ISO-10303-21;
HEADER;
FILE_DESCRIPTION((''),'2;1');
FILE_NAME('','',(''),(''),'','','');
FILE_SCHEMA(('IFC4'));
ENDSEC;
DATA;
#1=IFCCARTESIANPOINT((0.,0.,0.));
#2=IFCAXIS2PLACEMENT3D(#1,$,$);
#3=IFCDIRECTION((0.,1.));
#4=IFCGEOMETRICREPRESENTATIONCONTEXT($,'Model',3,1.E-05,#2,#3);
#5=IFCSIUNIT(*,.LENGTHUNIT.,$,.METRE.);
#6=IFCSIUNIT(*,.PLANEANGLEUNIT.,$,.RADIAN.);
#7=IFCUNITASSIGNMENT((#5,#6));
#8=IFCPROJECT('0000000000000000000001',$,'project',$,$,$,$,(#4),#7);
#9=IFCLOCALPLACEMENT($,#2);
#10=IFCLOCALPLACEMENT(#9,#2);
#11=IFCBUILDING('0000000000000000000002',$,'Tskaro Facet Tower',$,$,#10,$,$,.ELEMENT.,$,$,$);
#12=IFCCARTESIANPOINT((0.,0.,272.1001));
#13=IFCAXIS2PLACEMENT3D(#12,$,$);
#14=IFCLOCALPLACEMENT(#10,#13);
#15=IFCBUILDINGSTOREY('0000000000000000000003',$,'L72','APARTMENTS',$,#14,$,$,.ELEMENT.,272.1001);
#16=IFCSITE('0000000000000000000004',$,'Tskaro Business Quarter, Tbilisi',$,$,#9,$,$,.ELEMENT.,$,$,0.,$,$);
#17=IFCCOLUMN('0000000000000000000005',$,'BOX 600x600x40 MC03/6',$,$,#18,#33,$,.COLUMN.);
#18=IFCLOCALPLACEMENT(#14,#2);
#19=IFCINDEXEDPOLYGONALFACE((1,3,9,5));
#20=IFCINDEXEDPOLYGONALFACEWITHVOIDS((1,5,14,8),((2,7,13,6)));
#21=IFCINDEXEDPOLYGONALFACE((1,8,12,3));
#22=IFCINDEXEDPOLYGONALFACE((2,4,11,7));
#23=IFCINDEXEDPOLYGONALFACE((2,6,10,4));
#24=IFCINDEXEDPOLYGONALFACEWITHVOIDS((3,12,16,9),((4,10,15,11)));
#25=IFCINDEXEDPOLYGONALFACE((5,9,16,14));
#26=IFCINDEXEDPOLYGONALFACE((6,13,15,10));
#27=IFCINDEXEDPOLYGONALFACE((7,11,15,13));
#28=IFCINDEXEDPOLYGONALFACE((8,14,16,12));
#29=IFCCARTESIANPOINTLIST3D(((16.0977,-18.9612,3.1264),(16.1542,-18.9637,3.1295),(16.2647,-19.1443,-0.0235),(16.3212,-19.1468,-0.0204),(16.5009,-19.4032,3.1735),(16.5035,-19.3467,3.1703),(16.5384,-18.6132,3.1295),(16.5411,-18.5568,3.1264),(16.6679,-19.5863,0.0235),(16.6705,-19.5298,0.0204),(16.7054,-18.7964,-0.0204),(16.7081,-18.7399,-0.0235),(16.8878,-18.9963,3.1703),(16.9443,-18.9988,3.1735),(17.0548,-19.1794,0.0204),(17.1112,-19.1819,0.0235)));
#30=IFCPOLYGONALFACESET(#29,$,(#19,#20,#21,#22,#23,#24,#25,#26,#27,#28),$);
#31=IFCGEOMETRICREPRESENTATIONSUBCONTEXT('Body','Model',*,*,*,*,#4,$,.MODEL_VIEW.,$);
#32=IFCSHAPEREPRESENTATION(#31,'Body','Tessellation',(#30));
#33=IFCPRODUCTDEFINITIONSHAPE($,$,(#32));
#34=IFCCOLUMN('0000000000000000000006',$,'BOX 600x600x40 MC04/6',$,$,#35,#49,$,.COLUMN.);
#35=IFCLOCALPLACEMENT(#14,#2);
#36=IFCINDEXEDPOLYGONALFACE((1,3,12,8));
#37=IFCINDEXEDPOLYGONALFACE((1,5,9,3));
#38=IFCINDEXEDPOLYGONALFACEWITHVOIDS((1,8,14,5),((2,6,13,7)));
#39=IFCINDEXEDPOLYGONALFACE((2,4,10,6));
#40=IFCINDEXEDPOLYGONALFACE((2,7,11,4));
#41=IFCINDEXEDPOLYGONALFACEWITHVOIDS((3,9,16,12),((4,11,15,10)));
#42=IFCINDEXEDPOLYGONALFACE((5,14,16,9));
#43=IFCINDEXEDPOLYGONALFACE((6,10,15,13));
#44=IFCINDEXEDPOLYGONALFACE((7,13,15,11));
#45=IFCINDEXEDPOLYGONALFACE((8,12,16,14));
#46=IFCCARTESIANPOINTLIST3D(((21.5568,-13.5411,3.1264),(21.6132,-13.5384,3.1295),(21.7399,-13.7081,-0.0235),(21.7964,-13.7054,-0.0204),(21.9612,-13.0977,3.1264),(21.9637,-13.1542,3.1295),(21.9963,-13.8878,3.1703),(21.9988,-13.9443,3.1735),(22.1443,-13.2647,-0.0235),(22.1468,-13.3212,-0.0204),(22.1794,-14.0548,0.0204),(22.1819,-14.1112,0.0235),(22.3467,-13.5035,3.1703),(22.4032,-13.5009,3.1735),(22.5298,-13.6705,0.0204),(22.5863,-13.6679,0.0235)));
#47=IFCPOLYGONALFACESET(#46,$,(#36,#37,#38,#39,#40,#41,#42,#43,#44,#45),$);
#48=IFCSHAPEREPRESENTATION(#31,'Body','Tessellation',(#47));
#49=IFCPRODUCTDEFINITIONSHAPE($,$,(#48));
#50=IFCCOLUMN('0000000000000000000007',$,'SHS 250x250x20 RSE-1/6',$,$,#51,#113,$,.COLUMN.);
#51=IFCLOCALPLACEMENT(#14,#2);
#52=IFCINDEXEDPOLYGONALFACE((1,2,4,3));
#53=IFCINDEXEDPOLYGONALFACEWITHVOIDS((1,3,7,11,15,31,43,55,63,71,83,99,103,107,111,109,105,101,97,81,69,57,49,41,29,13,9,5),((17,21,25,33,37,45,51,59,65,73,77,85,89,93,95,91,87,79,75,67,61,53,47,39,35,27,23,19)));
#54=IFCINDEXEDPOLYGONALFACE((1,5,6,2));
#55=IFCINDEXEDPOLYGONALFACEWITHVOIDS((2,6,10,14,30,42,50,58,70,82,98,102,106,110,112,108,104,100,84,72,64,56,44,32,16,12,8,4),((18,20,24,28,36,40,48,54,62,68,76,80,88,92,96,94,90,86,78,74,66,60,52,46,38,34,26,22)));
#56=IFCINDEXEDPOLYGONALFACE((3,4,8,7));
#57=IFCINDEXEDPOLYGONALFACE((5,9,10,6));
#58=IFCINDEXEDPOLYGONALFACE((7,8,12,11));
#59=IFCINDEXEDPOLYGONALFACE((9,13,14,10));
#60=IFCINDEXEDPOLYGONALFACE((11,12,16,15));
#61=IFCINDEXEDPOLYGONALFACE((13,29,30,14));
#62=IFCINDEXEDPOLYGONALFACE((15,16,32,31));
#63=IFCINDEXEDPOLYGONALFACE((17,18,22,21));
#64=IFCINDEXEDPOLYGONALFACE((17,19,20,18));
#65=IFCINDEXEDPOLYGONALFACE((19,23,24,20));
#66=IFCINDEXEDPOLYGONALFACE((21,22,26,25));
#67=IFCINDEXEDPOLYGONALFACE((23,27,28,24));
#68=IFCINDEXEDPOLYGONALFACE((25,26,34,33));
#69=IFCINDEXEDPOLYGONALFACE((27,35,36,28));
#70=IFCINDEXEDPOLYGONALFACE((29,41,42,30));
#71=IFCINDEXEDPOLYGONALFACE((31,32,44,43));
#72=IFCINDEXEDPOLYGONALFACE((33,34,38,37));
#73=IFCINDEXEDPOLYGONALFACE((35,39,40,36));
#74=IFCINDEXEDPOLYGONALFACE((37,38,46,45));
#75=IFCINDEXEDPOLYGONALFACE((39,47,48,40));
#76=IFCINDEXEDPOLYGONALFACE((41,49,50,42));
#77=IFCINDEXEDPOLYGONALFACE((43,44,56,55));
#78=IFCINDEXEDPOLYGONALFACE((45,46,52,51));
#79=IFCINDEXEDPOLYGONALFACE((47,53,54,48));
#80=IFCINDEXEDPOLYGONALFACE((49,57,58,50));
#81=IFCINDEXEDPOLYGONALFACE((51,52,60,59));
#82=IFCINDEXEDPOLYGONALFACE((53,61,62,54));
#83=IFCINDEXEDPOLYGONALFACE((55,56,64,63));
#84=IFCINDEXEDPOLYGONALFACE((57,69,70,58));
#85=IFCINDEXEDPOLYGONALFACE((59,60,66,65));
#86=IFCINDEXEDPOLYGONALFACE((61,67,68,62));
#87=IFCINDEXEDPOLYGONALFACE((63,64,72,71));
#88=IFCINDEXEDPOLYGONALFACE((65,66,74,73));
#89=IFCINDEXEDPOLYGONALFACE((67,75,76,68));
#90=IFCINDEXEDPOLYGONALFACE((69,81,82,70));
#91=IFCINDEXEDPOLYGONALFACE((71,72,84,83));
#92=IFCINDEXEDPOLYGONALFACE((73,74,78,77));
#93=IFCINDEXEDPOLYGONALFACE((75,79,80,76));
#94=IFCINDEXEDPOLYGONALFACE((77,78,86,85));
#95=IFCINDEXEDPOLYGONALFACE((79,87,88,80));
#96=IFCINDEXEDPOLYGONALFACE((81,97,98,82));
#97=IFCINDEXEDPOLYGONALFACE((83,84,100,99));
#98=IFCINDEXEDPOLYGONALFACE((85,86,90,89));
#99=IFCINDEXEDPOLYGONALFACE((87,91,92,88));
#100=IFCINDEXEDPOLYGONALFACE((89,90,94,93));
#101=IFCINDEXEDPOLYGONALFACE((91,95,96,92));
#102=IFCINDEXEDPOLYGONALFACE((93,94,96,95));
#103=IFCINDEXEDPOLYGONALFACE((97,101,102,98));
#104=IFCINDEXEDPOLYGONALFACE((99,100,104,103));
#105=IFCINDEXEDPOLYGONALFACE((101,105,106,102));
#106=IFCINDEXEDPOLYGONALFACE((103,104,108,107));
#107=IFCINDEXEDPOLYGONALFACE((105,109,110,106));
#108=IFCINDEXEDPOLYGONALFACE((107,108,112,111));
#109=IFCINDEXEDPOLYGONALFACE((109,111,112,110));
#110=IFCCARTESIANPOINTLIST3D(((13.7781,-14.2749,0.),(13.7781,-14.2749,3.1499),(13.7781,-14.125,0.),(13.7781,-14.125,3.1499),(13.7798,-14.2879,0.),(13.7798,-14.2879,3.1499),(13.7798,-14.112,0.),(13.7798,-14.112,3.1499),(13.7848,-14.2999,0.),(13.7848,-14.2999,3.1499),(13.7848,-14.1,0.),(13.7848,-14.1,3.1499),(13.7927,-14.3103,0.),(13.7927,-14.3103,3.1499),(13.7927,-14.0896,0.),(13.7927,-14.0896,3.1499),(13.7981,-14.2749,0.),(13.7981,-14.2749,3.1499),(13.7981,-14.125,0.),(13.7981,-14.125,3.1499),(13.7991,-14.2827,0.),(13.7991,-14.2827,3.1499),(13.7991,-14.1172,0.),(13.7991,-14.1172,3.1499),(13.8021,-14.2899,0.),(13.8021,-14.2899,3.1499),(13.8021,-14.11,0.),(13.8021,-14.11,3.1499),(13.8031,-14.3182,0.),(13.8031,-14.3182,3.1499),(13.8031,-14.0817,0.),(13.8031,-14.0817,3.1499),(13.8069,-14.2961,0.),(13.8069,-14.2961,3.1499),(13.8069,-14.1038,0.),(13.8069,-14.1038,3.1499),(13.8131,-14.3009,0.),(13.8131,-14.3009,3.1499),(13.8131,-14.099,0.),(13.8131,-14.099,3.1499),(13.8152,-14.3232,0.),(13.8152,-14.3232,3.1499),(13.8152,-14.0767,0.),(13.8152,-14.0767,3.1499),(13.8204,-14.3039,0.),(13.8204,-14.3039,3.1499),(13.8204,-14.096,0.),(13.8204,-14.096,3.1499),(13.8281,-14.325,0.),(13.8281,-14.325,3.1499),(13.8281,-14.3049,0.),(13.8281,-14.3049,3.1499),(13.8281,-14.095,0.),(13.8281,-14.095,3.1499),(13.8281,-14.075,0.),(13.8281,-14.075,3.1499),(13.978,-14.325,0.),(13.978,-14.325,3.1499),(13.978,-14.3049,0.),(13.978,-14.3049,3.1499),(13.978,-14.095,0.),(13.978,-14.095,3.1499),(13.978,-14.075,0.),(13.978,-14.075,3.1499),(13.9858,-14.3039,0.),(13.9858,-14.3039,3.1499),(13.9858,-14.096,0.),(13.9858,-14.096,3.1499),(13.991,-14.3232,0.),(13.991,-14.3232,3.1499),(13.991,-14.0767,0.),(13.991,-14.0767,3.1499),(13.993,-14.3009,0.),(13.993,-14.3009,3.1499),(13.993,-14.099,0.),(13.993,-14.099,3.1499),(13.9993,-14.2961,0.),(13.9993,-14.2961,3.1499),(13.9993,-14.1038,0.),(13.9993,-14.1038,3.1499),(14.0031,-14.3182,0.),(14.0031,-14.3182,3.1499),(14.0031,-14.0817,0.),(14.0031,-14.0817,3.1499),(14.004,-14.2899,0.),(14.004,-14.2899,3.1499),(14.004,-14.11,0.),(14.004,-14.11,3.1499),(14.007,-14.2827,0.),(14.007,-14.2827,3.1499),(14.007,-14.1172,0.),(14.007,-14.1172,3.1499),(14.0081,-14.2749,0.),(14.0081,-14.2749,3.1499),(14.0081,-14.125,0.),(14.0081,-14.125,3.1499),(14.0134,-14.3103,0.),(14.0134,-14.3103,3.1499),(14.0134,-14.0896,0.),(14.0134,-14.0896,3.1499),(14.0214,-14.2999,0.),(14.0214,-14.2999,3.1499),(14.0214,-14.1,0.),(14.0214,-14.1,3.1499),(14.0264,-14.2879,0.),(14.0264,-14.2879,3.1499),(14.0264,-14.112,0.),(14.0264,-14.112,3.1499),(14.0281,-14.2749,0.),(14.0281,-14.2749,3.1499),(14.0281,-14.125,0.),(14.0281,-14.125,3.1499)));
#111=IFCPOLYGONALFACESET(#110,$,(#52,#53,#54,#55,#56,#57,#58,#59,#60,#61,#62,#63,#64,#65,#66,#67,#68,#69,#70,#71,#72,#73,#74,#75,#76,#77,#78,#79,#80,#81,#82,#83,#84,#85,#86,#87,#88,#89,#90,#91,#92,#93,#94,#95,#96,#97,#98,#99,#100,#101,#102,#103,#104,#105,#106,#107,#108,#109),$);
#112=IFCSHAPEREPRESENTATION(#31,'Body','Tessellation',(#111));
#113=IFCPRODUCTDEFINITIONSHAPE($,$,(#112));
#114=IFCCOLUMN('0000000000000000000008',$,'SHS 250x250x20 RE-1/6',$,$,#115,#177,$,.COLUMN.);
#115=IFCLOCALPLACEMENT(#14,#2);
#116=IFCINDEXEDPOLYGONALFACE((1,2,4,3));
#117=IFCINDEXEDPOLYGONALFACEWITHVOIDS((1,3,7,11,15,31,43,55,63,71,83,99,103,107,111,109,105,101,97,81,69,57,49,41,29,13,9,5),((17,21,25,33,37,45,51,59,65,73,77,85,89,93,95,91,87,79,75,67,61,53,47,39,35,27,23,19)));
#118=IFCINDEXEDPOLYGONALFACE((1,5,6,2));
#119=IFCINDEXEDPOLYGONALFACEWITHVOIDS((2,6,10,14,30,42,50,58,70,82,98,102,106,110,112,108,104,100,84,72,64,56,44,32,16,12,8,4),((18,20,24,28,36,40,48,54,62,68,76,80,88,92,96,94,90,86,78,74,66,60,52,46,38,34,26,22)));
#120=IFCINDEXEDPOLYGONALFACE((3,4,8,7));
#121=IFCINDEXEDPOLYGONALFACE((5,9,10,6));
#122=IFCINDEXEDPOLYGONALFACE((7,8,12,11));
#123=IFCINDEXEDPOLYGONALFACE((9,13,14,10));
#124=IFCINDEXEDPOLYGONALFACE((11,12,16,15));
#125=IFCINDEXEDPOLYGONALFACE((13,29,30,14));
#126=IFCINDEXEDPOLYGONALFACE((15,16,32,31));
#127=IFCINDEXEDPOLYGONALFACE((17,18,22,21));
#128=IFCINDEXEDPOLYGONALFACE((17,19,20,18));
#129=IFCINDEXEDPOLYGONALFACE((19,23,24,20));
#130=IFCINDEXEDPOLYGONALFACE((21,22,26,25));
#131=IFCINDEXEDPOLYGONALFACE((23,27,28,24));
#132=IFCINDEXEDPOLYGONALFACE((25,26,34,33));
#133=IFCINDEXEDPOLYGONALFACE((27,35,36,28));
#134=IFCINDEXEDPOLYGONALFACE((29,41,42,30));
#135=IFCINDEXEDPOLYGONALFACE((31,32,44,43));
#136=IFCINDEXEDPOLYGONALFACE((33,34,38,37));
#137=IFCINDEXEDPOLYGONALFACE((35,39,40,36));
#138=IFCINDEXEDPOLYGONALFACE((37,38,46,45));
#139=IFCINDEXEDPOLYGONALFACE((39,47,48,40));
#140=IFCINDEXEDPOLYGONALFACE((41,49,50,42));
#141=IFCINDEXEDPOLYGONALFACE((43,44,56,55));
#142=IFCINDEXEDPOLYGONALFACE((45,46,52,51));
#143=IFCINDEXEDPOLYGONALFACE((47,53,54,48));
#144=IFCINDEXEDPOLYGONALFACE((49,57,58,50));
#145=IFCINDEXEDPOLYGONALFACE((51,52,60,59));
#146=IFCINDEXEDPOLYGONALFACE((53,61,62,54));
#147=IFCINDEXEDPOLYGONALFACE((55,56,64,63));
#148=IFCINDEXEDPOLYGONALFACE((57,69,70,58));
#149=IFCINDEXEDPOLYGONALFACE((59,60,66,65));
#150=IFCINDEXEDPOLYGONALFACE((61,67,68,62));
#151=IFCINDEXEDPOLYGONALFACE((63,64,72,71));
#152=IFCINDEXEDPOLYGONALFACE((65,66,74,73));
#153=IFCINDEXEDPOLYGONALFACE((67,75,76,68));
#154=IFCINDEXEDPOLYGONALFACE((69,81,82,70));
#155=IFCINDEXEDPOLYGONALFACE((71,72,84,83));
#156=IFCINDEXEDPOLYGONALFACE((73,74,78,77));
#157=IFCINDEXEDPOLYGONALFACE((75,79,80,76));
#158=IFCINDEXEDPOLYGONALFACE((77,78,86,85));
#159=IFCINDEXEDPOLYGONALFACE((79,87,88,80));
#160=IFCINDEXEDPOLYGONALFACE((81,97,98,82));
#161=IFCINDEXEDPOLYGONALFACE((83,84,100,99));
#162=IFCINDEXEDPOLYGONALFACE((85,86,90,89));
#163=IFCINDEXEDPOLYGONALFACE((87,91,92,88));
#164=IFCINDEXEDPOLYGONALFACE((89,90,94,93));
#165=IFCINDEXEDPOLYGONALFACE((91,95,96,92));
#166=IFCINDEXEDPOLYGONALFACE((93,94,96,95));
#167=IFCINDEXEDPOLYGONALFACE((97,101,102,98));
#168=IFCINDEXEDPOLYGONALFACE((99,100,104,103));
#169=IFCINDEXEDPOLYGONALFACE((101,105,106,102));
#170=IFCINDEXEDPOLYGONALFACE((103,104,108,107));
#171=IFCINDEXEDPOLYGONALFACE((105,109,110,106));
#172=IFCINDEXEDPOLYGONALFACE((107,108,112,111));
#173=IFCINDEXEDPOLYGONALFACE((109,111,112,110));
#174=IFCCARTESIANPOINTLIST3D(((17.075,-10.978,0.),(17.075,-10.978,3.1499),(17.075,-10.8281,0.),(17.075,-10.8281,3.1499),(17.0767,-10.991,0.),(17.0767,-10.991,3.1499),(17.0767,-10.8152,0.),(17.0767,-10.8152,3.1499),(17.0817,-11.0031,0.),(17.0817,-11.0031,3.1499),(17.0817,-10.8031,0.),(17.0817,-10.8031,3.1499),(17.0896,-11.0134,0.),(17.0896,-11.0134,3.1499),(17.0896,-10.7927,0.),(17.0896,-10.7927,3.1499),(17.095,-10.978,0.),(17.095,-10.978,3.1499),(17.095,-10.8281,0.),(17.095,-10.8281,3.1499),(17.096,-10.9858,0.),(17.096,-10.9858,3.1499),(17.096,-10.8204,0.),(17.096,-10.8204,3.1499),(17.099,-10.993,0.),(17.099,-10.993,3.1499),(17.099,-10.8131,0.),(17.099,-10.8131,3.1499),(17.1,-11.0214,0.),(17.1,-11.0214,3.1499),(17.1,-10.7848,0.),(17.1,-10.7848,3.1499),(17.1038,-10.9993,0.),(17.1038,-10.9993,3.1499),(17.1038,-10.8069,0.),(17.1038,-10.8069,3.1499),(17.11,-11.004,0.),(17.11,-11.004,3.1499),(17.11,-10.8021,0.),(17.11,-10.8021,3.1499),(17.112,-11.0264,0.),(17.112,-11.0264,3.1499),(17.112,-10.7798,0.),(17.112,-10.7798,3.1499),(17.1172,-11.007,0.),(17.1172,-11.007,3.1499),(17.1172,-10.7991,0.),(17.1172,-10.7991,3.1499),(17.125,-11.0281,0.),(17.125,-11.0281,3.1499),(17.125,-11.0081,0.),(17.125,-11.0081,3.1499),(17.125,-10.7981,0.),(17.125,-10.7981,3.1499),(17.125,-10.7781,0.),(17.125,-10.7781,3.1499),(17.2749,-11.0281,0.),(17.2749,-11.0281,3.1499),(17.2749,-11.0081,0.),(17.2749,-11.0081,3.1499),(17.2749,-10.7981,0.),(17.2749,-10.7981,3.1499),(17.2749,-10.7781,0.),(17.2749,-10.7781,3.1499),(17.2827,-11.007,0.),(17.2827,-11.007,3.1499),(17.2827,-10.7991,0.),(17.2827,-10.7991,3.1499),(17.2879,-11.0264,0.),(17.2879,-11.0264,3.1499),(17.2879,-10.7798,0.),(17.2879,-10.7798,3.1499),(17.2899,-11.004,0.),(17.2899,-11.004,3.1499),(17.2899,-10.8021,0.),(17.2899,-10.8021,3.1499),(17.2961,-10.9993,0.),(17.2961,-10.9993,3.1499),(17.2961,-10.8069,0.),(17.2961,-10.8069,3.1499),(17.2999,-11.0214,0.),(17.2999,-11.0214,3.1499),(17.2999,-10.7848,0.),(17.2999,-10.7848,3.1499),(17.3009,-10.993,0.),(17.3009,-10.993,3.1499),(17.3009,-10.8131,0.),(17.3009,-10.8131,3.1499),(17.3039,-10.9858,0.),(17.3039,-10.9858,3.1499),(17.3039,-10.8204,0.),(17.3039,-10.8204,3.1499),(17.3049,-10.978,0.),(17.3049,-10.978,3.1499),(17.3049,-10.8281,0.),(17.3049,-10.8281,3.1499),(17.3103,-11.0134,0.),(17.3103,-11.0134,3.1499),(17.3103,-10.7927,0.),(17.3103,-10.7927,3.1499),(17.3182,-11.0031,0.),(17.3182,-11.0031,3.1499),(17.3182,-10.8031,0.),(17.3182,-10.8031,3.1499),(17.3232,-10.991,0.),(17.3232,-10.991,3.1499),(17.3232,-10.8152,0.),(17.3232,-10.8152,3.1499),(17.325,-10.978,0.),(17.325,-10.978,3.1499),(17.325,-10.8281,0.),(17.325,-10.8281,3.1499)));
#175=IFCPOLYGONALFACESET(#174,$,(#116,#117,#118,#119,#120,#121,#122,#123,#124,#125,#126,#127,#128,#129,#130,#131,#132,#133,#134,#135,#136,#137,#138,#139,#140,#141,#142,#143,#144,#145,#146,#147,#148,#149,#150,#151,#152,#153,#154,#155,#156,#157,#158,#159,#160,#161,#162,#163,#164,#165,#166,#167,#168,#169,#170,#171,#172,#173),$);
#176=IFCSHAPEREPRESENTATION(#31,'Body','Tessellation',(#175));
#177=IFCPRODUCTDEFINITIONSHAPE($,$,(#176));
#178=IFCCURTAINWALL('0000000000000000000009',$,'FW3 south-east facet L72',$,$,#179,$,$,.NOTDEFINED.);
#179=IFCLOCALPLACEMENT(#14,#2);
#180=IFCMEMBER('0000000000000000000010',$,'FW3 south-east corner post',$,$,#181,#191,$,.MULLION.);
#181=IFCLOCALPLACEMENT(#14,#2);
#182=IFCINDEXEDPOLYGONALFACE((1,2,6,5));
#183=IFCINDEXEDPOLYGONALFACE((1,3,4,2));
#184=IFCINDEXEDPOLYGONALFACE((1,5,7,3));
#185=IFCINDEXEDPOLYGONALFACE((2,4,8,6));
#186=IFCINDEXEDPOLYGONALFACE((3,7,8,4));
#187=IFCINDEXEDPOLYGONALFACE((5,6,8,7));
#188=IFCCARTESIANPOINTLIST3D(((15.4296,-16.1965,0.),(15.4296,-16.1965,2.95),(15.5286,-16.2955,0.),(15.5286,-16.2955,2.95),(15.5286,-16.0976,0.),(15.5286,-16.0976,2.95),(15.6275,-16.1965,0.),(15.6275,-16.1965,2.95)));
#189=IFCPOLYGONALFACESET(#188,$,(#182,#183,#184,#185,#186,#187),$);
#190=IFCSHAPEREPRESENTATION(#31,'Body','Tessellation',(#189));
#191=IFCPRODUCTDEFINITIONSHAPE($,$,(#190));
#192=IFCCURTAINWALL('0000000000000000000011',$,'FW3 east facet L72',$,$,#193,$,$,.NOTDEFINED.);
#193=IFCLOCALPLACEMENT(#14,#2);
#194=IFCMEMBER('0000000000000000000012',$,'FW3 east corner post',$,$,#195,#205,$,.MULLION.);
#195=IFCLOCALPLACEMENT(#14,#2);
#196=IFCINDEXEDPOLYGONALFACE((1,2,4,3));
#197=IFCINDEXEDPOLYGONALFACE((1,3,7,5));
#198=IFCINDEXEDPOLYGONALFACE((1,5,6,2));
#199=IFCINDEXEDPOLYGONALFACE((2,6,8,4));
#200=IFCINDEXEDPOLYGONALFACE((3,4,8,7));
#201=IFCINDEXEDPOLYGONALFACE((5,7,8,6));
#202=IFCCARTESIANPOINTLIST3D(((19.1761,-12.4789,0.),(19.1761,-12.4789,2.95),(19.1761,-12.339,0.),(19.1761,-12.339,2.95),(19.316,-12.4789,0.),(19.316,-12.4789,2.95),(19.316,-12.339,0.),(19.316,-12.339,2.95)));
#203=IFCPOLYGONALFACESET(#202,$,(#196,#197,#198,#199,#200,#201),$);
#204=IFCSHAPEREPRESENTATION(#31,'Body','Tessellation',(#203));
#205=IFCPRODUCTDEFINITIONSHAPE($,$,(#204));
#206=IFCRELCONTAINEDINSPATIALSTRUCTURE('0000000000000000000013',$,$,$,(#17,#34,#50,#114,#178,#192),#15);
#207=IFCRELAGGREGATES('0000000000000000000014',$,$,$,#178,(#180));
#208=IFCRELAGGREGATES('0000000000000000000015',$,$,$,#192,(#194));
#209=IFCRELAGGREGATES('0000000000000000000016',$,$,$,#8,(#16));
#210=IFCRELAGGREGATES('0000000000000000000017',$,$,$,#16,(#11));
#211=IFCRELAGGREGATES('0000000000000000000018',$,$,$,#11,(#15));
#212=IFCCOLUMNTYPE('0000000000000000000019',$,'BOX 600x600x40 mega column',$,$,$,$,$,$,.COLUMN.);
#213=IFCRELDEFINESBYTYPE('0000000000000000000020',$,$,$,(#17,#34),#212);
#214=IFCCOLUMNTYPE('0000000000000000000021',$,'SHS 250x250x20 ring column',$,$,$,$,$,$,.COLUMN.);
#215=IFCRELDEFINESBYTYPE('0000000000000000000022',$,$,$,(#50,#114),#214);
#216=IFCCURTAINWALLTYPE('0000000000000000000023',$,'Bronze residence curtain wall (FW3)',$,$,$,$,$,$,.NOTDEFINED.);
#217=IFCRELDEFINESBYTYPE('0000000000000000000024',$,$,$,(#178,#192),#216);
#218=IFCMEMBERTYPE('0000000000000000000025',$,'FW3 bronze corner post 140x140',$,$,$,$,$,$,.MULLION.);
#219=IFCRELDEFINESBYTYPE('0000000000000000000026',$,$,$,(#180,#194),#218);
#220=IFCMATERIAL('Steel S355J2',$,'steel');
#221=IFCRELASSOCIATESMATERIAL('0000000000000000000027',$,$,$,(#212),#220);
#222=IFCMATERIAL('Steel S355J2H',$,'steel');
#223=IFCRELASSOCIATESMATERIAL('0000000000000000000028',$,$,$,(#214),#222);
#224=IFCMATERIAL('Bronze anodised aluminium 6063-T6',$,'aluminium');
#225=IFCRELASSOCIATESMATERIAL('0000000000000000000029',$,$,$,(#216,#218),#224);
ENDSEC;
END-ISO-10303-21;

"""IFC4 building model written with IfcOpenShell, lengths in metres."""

from ifc_helpers import new_model, si_unit, direction, frame, origin, origin_2d, place, context, subcontext, project, spatial, rectangle, hollow_rectangle, extrude, material, material_profile, profile_set, type_object, element, aggregate, save


model = new_model("IFC4")

# Units and contexts
model_context = context("Model", 3, precision=1e-05, world=origin(), true_north=direction((0.0, 1.0)))
body_context = subcontext(model_context, "Body", "Model", "MODEL_VIEW")
ifc_project = project(units=[si_unit("LENGTHUNIT", "METRE"), si_unit("PLANEANGLEUNIT", "RADIAN")], contexts=[model_context])

# Site, building, storey
site_placement = place(None, origin())
site = spatial("IfcSite", under=ifc_project, at=site_placement, Name="Tskaro Business Quarter, Tbilisi", CompositionType="ELEMENT", RefElevation=0.0)
building_placement = place(site_placement, origin())
building = spatial("IfcBuilding", under=site, at=building_placement, Name="Tskaro Facet Tower", CompositionType="ELEMENT")
storey_placement = place(building_placement, frame((0.0, 0.0, 272.1001)))
storey = spatial("IfcBuildingStorey", under=building, at=storey_placement, Name="L72", Description="APARTMENTS", CompositionType="ELEMENT", Elevation=272.1001)

# Columns
ifc_material_1 = material(Name="Steel S355J2", Category="steel")
ifc_material_profile_1 = material_profile(ifc_material_1, hollow_rectangle(XDim=0.6001, YDim=0.6001, WallThickness=0.04, at=origin_2d()), Name="BOX 600x600x40")
ifc_profile_set_1 = profile_set([ifc_material_profile_1], Name="Steel S355J2")
column_type_1 = type_object("IfcColumnType", Name="BOX 600x600x40 mega column", PredefinedType="COLUMN", material=ifc_profile_set_1)
for number, where, z_axis, x_axis, name in (
    (1, (16.688, -19.1631, 0.0), (-0.052852, 0.057951, 0.996919), (-0.738869, -0.673849, 0.0), "BOX 600x600x40 MC03/6"),
    (2, (22.1631, -13.688, 0.0), (-0.057951, 0.052852, 0.996919), (-0.673849, -0.738869, 0.0), "BOX 600x600x40 MC04/6"),
):
    element("IfcColumn", number, at=place(storey_placement, frame(where, z_axis=z_axis, x_axis=x_axis)), inside=storey, type_object=column_type_1, Name=name, PredefinedType="COLUMN", context=body_context, shape_type="SweptSolid", body=[
        extrude(hollow_rectangle(XDim=0.6001, YDim=0.6001, WallThickness=0.04, at=origin_2d()), origin(), (0.0, 0.0, 1.0), 3.1597),
    ])
ifc_material_2 = material(Name="Steel S355J2H", Category="steel")
ifc_material_profile_2 = material_profile(ifc_material_2, hollow_rectangle(XDim=0.25, YDim=0.25, WallThickness=0.02, InnerFilletRadius=0.03, OuterFilletRadius=0.05, at=origin_2d()), Name="SHS 250x250x20")
ifc_profile_set_2 = profile_set([ifc_material_profile_2], Name="Steel S355J2H")
column_type_2 = type_object("IfcColumnType", Name="SHS 250x250x20 ring column", PredefinedType="COLUMN", material=ifc_profile_set_2)
for number, where, z_axis, x_axis, name in (
    (3, (13.9031, -14.2, 0.0), (0.0, 0.0, 1.0), (1.0, 0.0, 0.0), "SHS 250x250x20 RSE-1/6"),
    (4, (17.2, -10.9031, 0.0), (0.0, 0.0, 1.0), (1.0, 0.0, 0.0), "SHS 250x250x20 RE-1/6"),
):
    element("IfcColumn", number, at=place(storey_placement, frame(where, z_axis=z_axis, x_axis=x_axis)), inside=storey, type_object=column_type_2, Name=name, PredefinedType="COLUMN", context=body_context, shape_type="SweptSolid", body=[
        extrude(hollow_rectangle(XDim=0.25, YDim=0.25, WallThickness=0.02, InnerFilletRadius=0.03, OuterFilletRadius=0.05, at=origin_2d()), origin(), (0.0, 0.0, 1.0), 3.1499),
    ])

# Curtain walls, members
ifc_material_3 = material(Name="Bronze anodised aluminium 6063-T6", Category="aluminium")
curtain_wall_type = type_object("IfcCurtainWallType", Name="Bronze residence curtain wall (FW3)", PredefinedType="NOTDEFINED", material=ifc_material_3)
curtain_wall_1_placement = place(storey_placement, origin())
curtain_wall_1 = element("IfcCurtainWall", 5, at=curtain_wall_1_placement, inside=storey, type_object=curtain_wall_type, Name="FW3 south-east facet L72", PredefinedType="NOTDEFINED")
ifc_material_profile_3 = material_profile(ifc_material_3, rectangle(XDim=0.1399, YDim=0.1399, at=origin_2d()), Name="Corner post 140x140")
ifc_profile_set_3 = profile_set([ifc_material_profile_3], Name="Bronze anodised aluminium 6063-T6")
member_type_1 = type_object("IfcMemberType", Name="FW3 bronze corner post 140x140", PredefinedType="MULLION", material=ifc_profile_set_3)
member_1_placement = place(storey_placement, frame((15.5286, -16.1965, 0.0), z_axis=(0.0, 0.0, 1.0), x_axis=(0.707107, 0.707107, 0.0)))
member_1 = element("IfcMember", 6, at=member_1_placement, type_object=member_type_1, Name="FW3 south-east corner post", PredefinedType="MULLION", context=body_context, shape_type="SweptSolid", body=[
    extrude(rectangle(XDim=0.1399, YDim=0.1399, at=origin_2d()), origin(), (0.0, 0.0, 1.0), 2.95),
])
curtain_wall_2_placement = place(storey_placement, origin())
curtain_wall_2 = element("IfcCurtainWall", 7, at=curtain_wall_2_placement, inside=storey, type_object=curtain_wall_type, Name="FW3 east facet L72", PredefinedType="NOTDEFINED")
member_2_placement = place(storey_placement, frame((19.2461, -12.4089, 0.0), z_axis=(0.0, 0.0, 1.0), x_axis=(0.0, 1.0, 0.0)))
member_2 = element("IfcMember", 8, at=member_2_placement, type_object=member_type_1, Name="FW3 east corner post", PredefinedType="MULLION", context=body_context, shape_type="SweptSolid", body=[
    extrude(rectangle(XDim=0.1399, YDim=0.1399, at=origin_2d()), origin(), (0.0, 0.0, 1.0), 2.95),
])

aggregate(curtain_wall_1, [member_1])
aggregate(curtain_wall_2, [member_2])

save(model, "model.ifc")
